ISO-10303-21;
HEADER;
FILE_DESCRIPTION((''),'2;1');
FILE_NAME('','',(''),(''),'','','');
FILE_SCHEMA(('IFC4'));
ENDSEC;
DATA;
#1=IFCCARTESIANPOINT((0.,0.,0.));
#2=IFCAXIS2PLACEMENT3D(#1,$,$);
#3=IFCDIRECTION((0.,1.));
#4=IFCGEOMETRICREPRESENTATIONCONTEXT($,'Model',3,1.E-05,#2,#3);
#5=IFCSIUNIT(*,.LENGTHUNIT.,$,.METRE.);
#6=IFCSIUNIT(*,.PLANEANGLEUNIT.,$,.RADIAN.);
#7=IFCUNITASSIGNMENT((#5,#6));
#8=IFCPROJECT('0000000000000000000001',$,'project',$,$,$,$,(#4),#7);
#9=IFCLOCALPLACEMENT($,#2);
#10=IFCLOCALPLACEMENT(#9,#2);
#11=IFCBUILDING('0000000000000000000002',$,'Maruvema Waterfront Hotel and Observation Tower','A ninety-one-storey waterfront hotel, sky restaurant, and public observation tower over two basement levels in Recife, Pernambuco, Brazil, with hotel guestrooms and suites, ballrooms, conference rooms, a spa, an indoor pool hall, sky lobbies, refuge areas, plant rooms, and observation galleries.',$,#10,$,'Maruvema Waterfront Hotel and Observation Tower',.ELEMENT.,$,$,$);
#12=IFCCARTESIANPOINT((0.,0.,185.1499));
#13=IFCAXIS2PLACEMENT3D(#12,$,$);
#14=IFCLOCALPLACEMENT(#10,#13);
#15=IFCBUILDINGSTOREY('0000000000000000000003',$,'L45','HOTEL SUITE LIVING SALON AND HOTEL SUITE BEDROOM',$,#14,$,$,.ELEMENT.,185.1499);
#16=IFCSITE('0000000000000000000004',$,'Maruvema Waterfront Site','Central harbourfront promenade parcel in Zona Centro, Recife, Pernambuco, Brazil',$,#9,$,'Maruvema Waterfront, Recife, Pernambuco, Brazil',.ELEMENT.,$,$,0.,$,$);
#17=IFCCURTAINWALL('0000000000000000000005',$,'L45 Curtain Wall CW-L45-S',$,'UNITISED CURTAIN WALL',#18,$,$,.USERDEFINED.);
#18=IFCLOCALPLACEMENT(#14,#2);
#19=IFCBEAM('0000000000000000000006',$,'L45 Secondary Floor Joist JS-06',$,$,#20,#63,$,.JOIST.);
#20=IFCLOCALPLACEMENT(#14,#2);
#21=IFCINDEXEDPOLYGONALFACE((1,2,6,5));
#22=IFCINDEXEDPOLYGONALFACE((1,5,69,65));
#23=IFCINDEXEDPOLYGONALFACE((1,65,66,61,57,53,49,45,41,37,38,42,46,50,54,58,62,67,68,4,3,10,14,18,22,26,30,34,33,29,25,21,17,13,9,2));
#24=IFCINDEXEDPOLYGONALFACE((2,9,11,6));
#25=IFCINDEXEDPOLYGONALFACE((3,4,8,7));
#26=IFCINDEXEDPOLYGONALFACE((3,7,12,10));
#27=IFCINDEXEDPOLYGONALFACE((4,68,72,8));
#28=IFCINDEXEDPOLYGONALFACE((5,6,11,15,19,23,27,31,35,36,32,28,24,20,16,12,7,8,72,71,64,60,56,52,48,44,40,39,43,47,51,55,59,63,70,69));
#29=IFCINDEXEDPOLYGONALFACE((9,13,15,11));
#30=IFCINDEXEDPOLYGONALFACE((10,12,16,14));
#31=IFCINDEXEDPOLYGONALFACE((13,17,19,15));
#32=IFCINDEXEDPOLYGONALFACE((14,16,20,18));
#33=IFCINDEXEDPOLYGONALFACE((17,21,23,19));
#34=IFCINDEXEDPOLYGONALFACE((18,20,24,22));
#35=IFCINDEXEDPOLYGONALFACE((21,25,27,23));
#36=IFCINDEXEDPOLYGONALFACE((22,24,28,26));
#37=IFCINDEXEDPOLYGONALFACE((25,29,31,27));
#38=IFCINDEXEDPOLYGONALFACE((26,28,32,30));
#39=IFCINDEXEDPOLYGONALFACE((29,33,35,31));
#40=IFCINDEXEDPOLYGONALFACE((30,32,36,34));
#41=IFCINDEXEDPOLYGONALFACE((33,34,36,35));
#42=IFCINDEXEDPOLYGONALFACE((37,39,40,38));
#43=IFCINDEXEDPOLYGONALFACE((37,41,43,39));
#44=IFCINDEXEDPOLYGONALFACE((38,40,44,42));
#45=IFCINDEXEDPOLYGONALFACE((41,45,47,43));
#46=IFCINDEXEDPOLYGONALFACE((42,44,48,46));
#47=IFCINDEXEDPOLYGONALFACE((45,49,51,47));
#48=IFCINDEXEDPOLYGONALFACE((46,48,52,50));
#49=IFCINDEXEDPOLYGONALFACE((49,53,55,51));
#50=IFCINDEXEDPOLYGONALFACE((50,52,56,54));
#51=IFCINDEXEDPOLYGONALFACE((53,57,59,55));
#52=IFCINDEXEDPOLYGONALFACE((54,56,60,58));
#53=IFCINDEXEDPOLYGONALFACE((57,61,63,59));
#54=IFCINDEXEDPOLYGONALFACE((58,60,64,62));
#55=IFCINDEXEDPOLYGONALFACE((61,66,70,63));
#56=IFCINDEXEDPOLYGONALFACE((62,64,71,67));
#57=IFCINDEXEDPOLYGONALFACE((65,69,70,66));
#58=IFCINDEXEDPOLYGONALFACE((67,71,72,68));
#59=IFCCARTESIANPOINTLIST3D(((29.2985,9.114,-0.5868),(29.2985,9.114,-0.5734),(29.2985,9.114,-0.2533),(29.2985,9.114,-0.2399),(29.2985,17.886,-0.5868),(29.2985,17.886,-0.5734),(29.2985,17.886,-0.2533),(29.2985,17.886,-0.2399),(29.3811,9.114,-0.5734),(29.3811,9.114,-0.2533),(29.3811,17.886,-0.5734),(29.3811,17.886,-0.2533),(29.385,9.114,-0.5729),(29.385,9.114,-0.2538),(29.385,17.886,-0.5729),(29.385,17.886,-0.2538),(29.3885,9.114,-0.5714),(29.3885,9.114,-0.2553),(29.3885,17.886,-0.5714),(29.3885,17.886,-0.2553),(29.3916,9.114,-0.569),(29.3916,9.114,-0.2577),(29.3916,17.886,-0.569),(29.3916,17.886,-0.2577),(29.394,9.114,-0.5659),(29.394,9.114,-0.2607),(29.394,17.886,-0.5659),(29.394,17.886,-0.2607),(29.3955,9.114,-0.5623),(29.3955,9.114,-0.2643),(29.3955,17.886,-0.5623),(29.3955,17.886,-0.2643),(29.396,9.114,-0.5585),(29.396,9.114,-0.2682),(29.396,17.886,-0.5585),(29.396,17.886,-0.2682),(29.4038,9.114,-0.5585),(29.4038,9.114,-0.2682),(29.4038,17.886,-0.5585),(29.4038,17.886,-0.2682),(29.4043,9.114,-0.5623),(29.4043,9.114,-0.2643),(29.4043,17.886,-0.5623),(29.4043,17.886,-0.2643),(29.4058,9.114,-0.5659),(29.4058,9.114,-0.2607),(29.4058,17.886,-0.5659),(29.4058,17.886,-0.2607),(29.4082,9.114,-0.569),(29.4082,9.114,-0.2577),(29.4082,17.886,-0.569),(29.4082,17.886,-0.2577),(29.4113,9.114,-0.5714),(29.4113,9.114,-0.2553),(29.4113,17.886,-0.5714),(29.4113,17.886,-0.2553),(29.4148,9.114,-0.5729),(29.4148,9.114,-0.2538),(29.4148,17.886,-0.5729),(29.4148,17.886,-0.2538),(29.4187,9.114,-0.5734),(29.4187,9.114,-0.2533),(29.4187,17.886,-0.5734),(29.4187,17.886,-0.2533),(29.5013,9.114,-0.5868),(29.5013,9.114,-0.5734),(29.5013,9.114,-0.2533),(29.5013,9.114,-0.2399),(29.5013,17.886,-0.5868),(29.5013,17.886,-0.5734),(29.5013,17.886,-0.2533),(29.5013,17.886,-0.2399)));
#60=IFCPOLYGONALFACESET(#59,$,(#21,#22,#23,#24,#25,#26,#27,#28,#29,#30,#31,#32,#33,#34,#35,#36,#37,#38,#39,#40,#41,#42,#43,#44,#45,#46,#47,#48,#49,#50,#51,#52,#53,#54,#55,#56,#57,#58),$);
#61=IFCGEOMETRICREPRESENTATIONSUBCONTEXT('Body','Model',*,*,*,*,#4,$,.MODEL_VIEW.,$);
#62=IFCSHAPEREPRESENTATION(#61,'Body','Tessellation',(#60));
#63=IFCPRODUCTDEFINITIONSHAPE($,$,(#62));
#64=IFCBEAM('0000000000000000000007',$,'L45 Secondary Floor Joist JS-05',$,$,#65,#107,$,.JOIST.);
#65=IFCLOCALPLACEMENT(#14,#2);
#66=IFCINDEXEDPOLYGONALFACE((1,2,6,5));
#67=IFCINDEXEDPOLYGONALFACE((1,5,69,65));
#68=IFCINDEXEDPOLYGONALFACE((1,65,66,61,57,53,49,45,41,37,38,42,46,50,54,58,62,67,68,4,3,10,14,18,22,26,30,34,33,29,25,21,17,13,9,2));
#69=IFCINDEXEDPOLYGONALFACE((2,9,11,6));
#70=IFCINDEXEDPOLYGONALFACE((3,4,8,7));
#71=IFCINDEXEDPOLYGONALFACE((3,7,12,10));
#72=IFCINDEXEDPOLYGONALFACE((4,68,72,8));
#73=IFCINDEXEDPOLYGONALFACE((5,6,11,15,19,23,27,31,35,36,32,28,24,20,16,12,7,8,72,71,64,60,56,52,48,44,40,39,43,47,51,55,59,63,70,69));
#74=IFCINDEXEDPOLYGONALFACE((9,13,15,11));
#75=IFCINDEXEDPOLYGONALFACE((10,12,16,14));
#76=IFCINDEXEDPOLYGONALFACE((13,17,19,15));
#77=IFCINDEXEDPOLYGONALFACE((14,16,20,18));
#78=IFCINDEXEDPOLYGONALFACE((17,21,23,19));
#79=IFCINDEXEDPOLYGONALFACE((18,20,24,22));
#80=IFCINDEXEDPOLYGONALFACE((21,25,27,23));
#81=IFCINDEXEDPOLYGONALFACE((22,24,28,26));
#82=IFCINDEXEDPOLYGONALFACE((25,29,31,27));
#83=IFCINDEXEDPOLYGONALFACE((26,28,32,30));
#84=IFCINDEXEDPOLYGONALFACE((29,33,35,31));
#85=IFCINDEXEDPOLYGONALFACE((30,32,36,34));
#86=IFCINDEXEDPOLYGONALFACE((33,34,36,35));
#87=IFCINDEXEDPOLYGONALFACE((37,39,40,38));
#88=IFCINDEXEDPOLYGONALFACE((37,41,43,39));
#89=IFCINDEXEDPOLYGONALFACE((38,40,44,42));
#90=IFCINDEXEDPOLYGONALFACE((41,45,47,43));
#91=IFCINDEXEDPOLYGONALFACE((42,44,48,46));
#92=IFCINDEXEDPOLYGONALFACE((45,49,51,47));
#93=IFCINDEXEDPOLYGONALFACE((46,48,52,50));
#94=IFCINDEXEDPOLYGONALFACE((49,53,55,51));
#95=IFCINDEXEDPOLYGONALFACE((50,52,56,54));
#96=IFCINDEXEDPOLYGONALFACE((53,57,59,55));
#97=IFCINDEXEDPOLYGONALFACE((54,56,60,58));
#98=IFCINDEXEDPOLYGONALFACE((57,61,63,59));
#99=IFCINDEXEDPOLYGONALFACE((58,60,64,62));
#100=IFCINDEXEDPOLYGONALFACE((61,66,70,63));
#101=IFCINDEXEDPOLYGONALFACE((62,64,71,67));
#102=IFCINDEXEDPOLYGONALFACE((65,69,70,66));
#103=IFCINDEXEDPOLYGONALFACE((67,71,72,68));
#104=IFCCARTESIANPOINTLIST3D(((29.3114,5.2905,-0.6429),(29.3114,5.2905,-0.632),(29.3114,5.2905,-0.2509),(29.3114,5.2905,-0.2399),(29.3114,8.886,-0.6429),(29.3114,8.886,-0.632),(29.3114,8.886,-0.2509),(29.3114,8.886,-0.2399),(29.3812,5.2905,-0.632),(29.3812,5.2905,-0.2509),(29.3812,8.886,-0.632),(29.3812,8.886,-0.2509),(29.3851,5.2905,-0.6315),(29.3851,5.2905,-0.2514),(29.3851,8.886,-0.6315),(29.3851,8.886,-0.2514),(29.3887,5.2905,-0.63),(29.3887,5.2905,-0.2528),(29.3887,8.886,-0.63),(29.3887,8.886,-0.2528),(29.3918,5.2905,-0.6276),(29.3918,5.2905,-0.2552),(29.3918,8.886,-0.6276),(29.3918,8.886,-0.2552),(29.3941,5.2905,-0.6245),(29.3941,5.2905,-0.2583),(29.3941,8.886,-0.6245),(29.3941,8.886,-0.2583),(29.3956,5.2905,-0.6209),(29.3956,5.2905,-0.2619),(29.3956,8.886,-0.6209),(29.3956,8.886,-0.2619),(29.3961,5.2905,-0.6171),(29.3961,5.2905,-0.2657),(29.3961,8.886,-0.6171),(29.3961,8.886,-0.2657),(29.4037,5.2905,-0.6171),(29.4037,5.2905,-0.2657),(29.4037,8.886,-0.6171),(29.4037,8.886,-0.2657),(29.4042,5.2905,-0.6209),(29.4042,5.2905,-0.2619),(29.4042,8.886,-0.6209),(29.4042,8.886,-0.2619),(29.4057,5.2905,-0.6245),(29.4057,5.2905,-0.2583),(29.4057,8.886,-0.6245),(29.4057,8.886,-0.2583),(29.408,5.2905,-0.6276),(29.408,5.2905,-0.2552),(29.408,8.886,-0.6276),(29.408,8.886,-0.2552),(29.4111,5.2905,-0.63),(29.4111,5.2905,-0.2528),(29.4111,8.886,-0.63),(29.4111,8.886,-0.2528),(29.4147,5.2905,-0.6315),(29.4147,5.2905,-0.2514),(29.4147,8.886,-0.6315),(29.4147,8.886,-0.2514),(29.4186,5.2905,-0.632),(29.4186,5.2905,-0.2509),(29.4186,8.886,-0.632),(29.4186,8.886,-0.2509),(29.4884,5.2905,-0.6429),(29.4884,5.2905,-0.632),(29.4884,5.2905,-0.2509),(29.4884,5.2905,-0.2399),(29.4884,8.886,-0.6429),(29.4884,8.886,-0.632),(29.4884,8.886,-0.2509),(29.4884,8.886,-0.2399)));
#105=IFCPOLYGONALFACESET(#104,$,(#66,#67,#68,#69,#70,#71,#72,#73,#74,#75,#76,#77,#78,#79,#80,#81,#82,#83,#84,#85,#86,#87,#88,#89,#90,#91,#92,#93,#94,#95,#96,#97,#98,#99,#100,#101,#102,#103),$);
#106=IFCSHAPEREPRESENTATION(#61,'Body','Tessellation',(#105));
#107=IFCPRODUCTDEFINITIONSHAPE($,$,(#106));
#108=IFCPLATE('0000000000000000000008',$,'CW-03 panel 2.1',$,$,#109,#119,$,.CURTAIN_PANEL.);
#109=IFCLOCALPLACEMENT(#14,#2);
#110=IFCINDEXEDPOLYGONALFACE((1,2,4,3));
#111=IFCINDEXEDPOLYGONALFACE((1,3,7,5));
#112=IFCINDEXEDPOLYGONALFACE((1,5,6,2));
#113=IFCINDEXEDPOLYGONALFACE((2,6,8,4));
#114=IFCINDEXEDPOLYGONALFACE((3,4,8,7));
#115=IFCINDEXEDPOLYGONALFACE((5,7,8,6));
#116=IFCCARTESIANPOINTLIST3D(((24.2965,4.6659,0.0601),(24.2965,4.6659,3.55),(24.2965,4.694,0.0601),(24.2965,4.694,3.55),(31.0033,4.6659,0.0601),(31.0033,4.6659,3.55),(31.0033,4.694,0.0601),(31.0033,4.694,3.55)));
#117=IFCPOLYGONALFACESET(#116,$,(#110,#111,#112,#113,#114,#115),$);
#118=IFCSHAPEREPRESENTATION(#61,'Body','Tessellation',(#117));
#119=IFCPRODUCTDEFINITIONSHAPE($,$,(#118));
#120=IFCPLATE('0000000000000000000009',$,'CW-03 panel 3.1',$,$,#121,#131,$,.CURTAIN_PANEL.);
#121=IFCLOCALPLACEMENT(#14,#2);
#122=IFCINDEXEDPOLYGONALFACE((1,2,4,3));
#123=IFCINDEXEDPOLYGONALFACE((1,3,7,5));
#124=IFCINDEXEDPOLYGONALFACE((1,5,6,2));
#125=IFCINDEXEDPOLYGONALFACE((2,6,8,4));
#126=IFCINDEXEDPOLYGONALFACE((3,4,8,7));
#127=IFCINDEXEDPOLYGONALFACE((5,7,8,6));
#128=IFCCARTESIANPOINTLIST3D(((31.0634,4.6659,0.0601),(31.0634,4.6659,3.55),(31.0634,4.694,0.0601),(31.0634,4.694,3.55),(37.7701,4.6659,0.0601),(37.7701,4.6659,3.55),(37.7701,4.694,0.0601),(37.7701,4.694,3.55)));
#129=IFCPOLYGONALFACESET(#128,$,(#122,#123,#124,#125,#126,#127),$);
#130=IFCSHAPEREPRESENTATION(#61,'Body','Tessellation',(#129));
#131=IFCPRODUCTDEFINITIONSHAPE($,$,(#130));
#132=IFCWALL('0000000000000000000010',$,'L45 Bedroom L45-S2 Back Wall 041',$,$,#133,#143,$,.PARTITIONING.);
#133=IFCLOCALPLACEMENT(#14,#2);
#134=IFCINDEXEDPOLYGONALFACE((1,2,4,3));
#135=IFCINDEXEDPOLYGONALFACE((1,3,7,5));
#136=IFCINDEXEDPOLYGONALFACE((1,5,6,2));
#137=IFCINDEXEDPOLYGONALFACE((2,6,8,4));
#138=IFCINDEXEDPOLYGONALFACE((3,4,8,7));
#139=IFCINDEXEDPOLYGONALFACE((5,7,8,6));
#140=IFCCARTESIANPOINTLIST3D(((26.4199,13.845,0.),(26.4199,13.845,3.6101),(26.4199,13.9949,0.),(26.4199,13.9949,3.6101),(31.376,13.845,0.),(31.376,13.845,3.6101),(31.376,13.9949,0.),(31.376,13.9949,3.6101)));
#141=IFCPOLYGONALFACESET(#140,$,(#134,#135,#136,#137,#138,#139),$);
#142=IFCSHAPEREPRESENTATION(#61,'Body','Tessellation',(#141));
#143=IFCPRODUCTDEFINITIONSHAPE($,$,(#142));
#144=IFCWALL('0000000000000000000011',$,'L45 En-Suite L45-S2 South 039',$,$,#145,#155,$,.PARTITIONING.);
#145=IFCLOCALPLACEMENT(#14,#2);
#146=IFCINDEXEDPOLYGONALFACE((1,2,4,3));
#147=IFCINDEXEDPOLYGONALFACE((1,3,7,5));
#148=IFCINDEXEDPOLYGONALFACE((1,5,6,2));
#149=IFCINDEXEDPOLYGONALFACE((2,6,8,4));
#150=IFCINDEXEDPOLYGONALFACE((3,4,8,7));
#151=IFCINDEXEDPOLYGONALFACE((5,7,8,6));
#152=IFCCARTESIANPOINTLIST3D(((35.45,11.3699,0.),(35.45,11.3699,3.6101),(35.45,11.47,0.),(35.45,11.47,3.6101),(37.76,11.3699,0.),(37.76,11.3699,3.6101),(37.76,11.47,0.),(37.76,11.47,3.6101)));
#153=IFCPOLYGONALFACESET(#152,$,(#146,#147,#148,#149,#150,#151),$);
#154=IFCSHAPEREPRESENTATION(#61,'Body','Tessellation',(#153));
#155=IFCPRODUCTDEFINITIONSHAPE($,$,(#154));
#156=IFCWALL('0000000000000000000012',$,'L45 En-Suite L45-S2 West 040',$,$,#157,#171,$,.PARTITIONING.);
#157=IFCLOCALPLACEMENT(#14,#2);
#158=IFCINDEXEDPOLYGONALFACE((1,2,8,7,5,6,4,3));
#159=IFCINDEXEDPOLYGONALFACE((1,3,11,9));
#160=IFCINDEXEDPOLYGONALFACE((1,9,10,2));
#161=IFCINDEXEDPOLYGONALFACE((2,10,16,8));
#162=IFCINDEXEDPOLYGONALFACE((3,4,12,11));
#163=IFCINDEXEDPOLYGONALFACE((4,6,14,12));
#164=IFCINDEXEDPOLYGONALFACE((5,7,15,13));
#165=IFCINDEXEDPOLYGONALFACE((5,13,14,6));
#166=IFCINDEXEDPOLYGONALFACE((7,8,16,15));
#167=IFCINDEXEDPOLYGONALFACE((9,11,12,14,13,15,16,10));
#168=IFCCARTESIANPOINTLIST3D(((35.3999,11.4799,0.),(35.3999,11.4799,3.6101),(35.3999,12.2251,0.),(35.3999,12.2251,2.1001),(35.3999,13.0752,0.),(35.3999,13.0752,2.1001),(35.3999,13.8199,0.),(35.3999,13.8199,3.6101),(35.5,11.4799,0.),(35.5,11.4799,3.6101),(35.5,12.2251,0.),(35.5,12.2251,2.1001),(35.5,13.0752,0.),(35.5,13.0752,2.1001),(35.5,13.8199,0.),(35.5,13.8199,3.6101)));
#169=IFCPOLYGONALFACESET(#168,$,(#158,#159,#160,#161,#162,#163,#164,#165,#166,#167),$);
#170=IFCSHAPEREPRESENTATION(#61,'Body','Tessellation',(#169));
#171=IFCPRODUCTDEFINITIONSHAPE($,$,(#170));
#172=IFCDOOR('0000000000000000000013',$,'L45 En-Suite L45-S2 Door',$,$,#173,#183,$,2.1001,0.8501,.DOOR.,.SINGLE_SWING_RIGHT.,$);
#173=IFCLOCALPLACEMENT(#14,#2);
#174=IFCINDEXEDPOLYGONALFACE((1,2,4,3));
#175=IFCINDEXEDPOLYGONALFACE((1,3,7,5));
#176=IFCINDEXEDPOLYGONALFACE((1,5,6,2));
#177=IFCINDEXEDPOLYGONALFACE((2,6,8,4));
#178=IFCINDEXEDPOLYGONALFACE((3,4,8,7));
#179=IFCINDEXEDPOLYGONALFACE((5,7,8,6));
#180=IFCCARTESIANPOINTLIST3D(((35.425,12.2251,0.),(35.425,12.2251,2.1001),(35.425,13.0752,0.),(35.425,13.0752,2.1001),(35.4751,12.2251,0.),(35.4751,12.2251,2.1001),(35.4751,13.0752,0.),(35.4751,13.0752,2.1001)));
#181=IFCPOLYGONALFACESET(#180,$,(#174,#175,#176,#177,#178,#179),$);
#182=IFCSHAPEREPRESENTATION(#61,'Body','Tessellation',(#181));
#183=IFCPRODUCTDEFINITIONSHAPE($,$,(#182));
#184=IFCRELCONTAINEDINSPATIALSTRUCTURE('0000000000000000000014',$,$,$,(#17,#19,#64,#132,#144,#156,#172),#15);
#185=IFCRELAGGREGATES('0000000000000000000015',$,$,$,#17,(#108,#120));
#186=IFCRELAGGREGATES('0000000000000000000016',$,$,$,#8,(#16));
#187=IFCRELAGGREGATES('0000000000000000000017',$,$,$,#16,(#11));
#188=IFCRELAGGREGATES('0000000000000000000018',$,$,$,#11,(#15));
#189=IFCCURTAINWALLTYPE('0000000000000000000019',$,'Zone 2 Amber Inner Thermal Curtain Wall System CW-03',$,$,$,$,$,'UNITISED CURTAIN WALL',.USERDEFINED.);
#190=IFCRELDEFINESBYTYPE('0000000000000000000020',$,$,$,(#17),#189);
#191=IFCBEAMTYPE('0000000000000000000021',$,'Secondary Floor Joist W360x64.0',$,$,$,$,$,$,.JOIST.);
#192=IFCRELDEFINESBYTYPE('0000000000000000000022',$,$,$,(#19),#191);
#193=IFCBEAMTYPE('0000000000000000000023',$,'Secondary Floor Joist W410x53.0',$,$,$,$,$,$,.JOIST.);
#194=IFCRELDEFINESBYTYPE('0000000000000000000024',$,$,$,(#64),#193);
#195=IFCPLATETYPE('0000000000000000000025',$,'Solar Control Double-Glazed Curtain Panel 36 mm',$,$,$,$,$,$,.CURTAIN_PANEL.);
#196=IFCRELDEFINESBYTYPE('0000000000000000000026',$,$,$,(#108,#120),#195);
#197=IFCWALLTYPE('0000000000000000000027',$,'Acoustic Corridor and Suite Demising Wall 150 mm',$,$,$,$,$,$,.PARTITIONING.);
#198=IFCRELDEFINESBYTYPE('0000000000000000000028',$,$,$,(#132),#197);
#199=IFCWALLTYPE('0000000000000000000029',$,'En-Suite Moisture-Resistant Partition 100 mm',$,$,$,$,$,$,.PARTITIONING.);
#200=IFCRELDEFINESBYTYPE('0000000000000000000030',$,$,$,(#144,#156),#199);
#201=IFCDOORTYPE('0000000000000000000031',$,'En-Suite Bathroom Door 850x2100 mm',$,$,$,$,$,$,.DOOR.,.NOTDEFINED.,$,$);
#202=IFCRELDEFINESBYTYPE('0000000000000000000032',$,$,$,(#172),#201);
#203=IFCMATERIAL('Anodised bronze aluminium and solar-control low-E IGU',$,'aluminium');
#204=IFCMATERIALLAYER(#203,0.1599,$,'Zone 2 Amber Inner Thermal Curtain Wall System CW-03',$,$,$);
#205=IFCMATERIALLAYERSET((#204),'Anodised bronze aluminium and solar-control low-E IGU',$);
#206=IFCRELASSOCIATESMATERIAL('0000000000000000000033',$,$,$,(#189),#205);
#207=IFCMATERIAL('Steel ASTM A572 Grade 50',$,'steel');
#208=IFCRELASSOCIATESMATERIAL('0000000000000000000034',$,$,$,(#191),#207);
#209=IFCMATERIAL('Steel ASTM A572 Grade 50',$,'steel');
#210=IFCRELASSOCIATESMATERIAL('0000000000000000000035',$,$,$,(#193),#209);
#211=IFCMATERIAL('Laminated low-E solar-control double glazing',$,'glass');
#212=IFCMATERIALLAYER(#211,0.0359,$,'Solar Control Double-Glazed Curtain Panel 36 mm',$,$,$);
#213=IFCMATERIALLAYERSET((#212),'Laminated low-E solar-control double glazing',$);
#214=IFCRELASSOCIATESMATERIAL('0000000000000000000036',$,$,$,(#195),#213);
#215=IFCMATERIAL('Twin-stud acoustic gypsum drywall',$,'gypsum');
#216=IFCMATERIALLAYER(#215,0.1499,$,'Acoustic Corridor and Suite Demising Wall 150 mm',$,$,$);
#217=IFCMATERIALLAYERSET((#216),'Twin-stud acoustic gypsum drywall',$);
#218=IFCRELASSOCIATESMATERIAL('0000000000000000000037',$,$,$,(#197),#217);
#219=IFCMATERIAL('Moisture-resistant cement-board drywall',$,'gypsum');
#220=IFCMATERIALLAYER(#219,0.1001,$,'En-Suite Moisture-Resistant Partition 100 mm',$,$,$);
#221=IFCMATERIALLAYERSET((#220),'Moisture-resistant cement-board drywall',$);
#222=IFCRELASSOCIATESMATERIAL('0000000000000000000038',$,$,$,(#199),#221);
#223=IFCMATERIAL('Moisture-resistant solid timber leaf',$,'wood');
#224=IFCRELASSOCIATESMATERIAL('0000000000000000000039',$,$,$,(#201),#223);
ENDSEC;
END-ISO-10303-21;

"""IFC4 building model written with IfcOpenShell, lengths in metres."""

from ifc_helpers import new_model, si_unit, direction, frame, frame_2d, origin, origin_2d, place, context, subcontext, project, spatial, rectangle, i_section, extrude, material, layer, layer_set, material_profile, profile_set, type_object, element, fill, aggregate, save


model = new_model("IFC4")

# Units and contexts
model_context = context("Model", 3, precision=1e-05, world=origin(), true_north=direction((0.0, 1.0)))
body_context = subcontext(model_context, "Body", "Model", "MODEL_VIEW")
ifc_project = project(units=[si_unit("LENGTHUNIT", "METRE"), si_unit("PLANEANGLEUNIT", "RADIAN")], contexts=[model_context])

# Site, building, storey
site_placement = place(None, origin())
site = spatial("IfcSite", under=ifc_project, at=site_placement, Name="Maruvema Waterfront Site", Description="Central harbourfront promenade parcel in Zona Centro, Recife, Pernambuco, Brazil", LongName="Maruvema Waterfront, Recife, Pernambuco, Brazil", CompositionType="ELEMENT", RefElevation=0.0)
building_placement = place(site_placement, origin())
building = spatial("IfcBuilding", under=site, at=building_placement, Name="Maruvema Waterfront Hotel and Observation Tower", Description="A ninety-one-storey waterfront hotel, sky restaurant, and public observation tower over two basement levels in Recife, Pernambuco, Brazil, with hotel guestrooms and suites, ballrooms, conference rooms, a spa, an indoor pool hall, sky lobbies, refuge areas, plant rooms, and observation galleries.", LongName="Maruvema Waterfront Hotel and Observation Tower", CompositionType="ELEMENT")
storey_placement = place(building_placement, frame((0.0, 0.0, 185.1499)))
storey = spatial("IfcBuildingStorey", under=building, at=storey_placement, Name="L45", Description="HOTEL SUITE LIVING SALON AND HOTEL SUITE BEDROOM", CompositionType="ELEMENT", Elevation=185.1499)

# Curtain wall
ifc_material_1 = material(Name="Anodised bronze aluminium and solar-control low-E IGU", Category="aluminium")
ifc_layer_1 = layer(ifc_material_1, 0.1599, Name="Zone 2 Amber Inner Thermal Curtain Wall System CW-03")
ifc_layer_set_1 = layer_set([ifc_layer_1], Name="Anodised bronze aluminium and solar-control low-E IGU")
curtain_wall_type = type_object("IfcCurtainWallType", Name="Zone 2 Amber Inner Thermal Curtain Wall System CW-03", ElementType="UNITISED CURTAIN WALL", PredefinedType="USERDEFINED", material=ifc_layer_set_1)
curtain_wall_placement = place(storey_placement, origin())
curtain_wall = element("IfcCurtainWall", 1, at=curtain_wall_placement, inside=storey, type_object=curtain_wall_type, Name="L45 Curtain Wall CW-L45-S", ObjectType="UNITISED CURTAIN WALL", PredefinedType="USERDEFINED")

# Beams
ifc_material_2 = material(Name="Steel ASTM A572 Grade 50", Category="steel")
ifc_material_profile_1 = material_profile(ifc_material_2, i_section(OverallWidth=0.2029, OverallDepth=0.3469, WebThickness=0.0078, FlangeThickness=0.0134, FilletRadius=0.0149, at=origin_2d()), Name="W360x64.0")
ifc_profile_set_1 = profile_set([ifc_material_profile_1], Name="Steel ASTM A572 Grade 50")
beam_type_1 = type_object("IfcBeamType", Name="Secondary Floor Joist W360x64.0", PredefinedType="JOIST", material=ifc_profile_set_1)
beam_1_placement = place(storey_placement, frame((29.3999, 9.114, -0.4133), z_axis=(0.0, 1.0, 0.0), x_axis=(-1.0, 0.0, 0.0)))
element("IfcBeam", 2, at=beam_1_placement, inside=storey, type_object=beam_type_1, Name="L45 Secondary Floor Joist JS-06", PredefinedType="JOIST", context=body_context, shape_type="SweptSolid", body=[
    extrude(i_section(OverallWidth=0.2029, OverallDepth=0.3469, WebThickness=0.0078, FlangeThickness=0.0134, FilletRadius=0.0149, at=origin_2d()), origin(), (0.0, 0.0, 1.0), 8.772),
])
ifc_material_3 = material(Name="Steel ASTM A572 Grade 50", Category="steel")
ifc_material_profile_2 = material_profile(ifc_material_3, i_section(OverallWidth=0.177, OverallDepth=0.4031, WebThickness=0.0076, FlangeThickness=0.011, FilletRadius=0.0149, at=origin_2d()), Name="W410x53.0")
ifc_profile_set_2 = profile_set([ifc_material_profile_2], Name="Steel ASTM A572 Grade 50")
beam_type_2 = type_object("IfcBeamType", Name="Secondary Floor Joist W410x53.0", PredefinedType="JOIST", material=ifc_profile_set_2)
beam_2_placement = place(storey_placement, frame((29.3999, 5.2905, -0.4414), z_axis=(0.0, 1.0, 0.0), x_axis=(-1.0, 0.0, 0.0)))
element("IfcBeam", 3, at=beam_2_placement, inside=storey, type_object=beam_type_2, Name="L45 Secondary Floor Joist JS-05", PredefinedType="JOIST", context=body_context, shape_type="SweptSolid", body=[
    extrude(i_section(OverallWidth=0.177, OverallDepth=0.4031, WebThickness=0.0076, FlangeThickness=0.011, FilletRadius=0.0149, at=origin_2d()), origin(), (0.0, 0.0, 1.0), 3.5955),
])

# Plates
ifc_material_4 = material(Name="Laminated low-E solar-control double glazing", Category="glass")
ifc_layer_2 = layer(ifc_material_4, 0.0359, Name="Solar Control Double-Glazed Curtain Panel 36 mm")
ifc_layer_set_2 = layer_set([ifc_layer_2], Name="Laminated low-E solar-control double glazing")
plate_type = type_object("IfcPlateType", Name="Solar Control Double-Glazed Curtain Panel 36 mm", PredefinedType="CURTAIN_PANEL", material=ifc_layer_set_2)
plate_1_placement = place(storey_placement, frame((27.6499, 4.6799, 0.0601), z_axis=(0.0, 0.0, 1.0), x_axis=(1.0, 0.0, 0.0)))
plate_1 = element("IfcPlate", 4, at=plate_1_placement, type_object=plate_type, Name="CW-03 panel 2.1", PredefinedType="CURTAIN_PANEL", context=body_context, shape_type="SweptSolid", body=[
    extrude(rectangle(XDim=6.7068, YDim=0.0281, at=origin_2d()), origin(), (0.0, 0.0, 1.0), 3.49),
])
plate_2_placement = place(storey_placement, frame((34.4167, 4.6799, 0.0601), z_axis=(0.0, 0.0, 1.0), x_axis=(1.0, 0.0, 0.0)))
plate_2 = element("IfcPlate", 5, at=plate_2_placement, type_object=plate_type, Name="CW-03 panel 3.1", PredefinedType="CURTAIN_PANEL", context=body_context, shape_type="SweptSolid", body=[
    extrude(rectangle(XDim=6.7068, YDim=0.0281, at=origin_2d()), origin(), (0.0, 0.0, 1.0), 3.49),
])
aggregate(curtain_wall, [plate_1, plate_2])

# Walls
ifc_material_5 = material(Name="Twin-stud acoustic gypsum drywall", Category="gypsum")
ifc_layer_3 = layer(ifc_material_5, 0.1499, Name="Acoustic Corridor and Suite Demising Wall 150 mm")
ifc_layer_set_3 = layer_set([ifc_layer_3], Name="Twin-stud acoustic gypsum drywall")
wall_type_1 = type_object("IfcWallType", Name="Acoustic Corridor and Suite Demising Wall 150 mm", PredefinedType="PARTITIONING", material=ifc_layer_set_3)
wall_1_placement = place(storey_placement, frame((26.4199, 13.9199, 0.0), z_axis=(0.0, 0.0, 1.0), x_axis=(1.0, 0.0, 0.0)))
element("IfcWall", 6, at=wall_1_placement, inside=storey, type_object=wall_type_1, Name="L45 Bedroom L45-S2 Back Wall 041", PredefinedType="PARTITIONING", context=body_context, shape_type="SweptSolid", body=[
    extrude(rectangle(XDim=4.9561, YDim=0.1499, at=frame_2d((2.478, 0.0))), origin(), (0.0, 0.0, 1.0), 3.6101),
])
ifc_material_6 = material(Name="Moisture-resistant cement-board drywall", Category="gypsum")
ifc_layer_4 = layer(ifc_material_6, 0.1001, Name="En-Suite Moisture-Resistant Partition 100 mm")
ifc_layer_set_4 = layer_set([ifc_layer_4], Name="Moisture-resistant cement-board drywall")
wall_type_2 = type_object("IfcWallType", Name="En-Suite Moisture-Resistant Partition 100 mm", PredefinedType="PARTITIONING", material=ifc_layer_set_4)
wall_2_placement = place(storey_placement, frame((35.45, 11.4199, 0.0), z_axis=(0.0, 0.0, 1.0), x_axis=(1.0, 0.0, 0.0)))
element("IfcWall", 7, at=wall_2_placement, inside=storey, type_object=wall_type_2, Name="L45 En-Suite L45-S2 South 039", PredefinedType="PARTITIONING", context=body_context, shape_type="SweptSolid", body=[
    extrude(rectangle(XDim=2.3101, YDim=0.1001, at=frame_2d((1.155, 0.0))), origin(), (0.0, 0.0, 1.0), 3.6101),
])

# Wall, opening, door
wall_3_placement = place(storey_placement, frame((35.45, 11.48, 0.0), z_axis=(0.0, 0.0, 1.0), x_axis=(0.0, 1.0, 0.0)))
wall_3 = element("IfcWall", 8, at=wall_3_placement, inside=storey, type_object=wall_type_2, Name="L45 En-Suite L45-S2 West 040", PredefinedType="PARTITIONING", context=body_context, shape_type="SweptSolid", body=[
    extrude(rectangle(XDim=2.3401, YDim=0.1001, at=frame_2d((1.1699, 0.0))), origin(), (0.0, 0.0, 1.0), 3.6101),
])
opening_1_placement = place(wall_3_placement, frame((0.7451, 0.0, 0.0)))
opening_1 = element("IfcOpeningElement", 9, at=opening_1_placement, cuts=wall_3, PredefinedType="OPENING", context=body_context, shape_type="SweptSolid", body=[
    extrude(rectangle(XDim=0.8501, YDim=2.1001, at=frame_2d((0.425, 1.05))), frame((0.0, 0.0601, 0.0), z_axis=(0.0, -1.0, 0.0), x_axis=(1.0, 0.0, 0.0)), (0.0, 0.0, 1.0), 0.1201),
])
ifc_material_7 = material(Name="Moisture-resistant solid timber leaf", Category="wood")
door_type_1 = type_object("IfcDoorType", Name="En-Suite Bathroom Door 850x2100 mm", OperationType="NOTDEFINED", PredefinedType="DOOR", material=ifc_material_7)
door_1_placement = place(opening_1_placement, origin())
door_1 = element("IfcDoor", 10, at=door_1_placement, inside=storey, type_object=door_type_1, Name="L45 En-Suite L45-S2 Door", OperationType="SINGLE_SWING_RIGHT", OverallHeight=2.1001, OverallWidth=0.8501, PredefinedType="DOOR", context=body_context, shape_type="SweptSolid", body=[
    extrude(rectangle(XDim=0.8501, YDim=2.1001, at=frame_2d((0.425, 1.05))), frame((0.0, 0.0249, 0.0), z_axis=(0.0, -1.0, 0.0), x_axis=(1.0, 0.0, 0.0)), (0.0, 0.0, 1.0), 0.05),
])
fill(opening_1, door_1)

save(model, "model.ifc")
